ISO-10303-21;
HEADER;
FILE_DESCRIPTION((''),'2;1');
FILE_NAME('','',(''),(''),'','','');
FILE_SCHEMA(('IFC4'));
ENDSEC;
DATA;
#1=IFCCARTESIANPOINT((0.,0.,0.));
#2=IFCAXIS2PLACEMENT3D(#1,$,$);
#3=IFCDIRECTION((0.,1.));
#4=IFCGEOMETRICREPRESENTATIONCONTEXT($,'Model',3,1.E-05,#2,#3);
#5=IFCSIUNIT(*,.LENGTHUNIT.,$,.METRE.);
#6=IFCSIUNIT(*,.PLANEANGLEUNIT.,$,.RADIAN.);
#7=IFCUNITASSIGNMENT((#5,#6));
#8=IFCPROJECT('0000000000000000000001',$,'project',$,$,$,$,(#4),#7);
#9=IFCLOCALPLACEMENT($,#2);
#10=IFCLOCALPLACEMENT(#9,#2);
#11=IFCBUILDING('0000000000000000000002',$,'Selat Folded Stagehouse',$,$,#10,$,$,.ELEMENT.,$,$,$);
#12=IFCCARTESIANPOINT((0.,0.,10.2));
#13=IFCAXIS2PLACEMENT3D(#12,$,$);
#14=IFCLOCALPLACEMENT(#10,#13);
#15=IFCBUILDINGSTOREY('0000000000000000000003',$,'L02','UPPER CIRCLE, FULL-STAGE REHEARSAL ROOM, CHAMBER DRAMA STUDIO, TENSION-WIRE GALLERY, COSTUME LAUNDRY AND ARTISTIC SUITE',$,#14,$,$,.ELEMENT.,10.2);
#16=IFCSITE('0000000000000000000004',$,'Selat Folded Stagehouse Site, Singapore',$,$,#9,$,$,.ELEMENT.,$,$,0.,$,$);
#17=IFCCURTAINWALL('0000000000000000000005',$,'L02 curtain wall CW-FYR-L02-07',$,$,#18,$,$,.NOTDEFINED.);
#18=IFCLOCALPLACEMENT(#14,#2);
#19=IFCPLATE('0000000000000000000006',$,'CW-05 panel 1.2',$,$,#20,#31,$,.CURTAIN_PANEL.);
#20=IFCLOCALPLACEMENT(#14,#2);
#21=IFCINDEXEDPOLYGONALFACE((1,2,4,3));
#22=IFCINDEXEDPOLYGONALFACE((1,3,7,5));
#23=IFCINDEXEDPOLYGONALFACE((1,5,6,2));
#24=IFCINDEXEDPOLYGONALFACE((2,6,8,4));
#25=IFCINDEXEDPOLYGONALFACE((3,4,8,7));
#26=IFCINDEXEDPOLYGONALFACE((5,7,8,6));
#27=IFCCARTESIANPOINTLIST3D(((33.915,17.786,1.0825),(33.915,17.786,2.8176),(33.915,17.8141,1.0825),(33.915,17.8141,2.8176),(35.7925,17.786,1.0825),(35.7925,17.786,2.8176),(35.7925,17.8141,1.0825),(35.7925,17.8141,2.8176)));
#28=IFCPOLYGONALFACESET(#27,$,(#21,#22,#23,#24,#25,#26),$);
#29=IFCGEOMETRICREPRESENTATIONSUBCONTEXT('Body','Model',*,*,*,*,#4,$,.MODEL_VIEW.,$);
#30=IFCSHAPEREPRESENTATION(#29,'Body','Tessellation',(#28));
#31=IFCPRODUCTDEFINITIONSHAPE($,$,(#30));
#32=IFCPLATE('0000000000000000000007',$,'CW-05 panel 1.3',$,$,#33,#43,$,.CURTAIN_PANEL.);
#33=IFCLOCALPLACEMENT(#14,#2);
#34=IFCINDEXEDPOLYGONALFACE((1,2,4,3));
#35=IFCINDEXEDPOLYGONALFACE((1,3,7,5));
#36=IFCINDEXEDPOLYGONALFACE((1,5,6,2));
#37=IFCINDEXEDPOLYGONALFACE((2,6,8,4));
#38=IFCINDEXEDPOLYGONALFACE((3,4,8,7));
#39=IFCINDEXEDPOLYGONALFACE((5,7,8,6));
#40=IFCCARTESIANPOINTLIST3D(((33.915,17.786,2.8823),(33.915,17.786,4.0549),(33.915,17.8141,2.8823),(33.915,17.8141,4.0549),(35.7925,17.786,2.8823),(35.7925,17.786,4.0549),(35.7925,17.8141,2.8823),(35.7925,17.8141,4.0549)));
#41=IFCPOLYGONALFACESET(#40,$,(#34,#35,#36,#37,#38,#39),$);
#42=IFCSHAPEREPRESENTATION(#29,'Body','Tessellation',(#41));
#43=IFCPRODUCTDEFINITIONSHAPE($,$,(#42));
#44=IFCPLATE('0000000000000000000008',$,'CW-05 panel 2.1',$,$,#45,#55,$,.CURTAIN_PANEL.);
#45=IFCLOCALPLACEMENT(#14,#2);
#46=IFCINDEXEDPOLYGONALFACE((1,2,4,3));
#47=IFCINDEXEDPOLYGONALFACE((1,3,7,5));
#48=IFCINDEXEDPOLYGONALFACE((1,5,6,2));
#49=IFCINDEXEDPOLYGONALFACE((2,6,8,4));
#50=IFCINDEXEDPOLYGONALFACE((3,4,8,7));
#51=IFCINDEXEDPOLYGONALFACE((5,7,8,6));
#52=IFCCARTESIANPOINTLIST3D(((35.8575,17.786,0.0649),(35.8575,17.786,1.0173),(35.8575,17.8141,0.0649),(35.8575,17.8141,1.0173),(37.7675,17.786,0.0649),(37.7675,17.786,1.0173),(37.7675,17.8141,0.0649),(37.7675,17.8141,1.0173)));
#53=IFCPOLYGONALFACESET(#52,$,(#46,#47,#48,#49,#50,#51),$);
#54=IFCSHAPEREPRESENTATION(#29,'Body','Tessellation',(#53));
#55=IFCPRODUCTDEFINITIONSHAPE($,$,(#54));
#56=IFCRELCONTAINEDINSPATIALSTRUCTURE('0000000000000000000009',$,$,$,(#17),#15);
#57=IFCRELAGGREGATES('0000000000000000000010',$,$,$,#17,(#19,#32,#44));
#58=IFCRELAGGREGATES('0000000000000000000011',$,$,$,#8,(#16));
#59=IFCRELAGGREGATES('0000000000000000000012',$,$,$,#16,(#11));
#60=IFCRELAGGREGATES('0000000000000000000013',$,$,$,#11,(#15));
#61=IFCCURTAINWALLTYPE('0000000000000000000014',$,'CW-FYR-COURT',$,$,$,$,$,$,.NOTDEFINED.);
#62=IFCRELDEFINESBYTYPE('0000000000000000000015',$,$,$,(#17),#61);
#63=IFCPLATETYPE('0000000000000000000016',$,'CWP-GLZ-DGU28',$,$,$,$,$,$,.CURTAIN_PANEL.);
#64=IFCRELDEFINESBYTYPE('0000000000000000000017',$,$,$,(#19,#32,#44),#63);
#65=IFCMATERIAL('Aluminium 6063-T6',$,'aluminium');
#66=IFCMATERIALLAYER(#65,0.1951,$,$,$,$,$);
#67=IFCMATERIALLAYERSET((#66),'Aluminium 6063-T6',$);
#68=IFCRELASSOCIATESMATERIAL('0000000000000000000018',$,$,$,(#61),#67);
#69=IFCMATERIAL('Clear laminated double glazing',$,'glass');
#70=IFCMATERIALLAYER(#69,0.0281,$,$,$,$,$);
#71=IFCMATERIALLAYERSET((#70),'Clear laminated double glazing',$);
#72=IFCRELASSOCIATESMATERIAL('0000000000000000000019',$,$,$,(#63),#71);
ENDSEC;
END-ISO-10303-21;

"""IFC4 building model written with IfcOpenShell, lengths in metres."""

from ifc_helpers import new_model, si_unit, direction, frame, origin, origin_2d, place, context, subcontext, project, spatial, rectangle, extrude, material, layer, layer_set, type_object, element, aggregate, save


model = new_model("IFC4")

# Units and contexts
model_context = context("Model", 3, precision=1e-05, world=origin(), true_north=direction((0.0, 1.0)))
body_context = subcontext(model_context, "Body", "Model", "MODEL_VIEW")
ifc_project = project(units=[si_unit("LENGTHUNIT", "METRE"), si_unit("PLANEANGLEUNIT", "RADIAN")], contexts=[model_context])

# Site, building, storey
site_placement = place(None, origin())
site = spatial("IfcSite", under=ifc_project, at=site_placement, Name="Selat Folded Stagehouse Site, Singapore", CompositionType="ELEMENT", RefElevation=0.0)
building_placement = place(site_placement, origin())
building = spatial("IfcBuilding", under=site, at=building_placement, Name="Selat Folded Stagehouse", CompositionType="ELEMENT")
storey_placement = place(building_placement, frame((0.0, 0.0, 10.2)))
storey = spatial("IfcBuildingStorey", under=building, at=storey_placement, Name="L02", Description="UPPER CIRCLE, FULL-STAGE REHEARSAL ROOM, CHAMBER DRAMA STUDIO, TENSION-WIRE GALLERY, COSTUME LAUNDRY AND ARTISTIC SUITE", CompositionType="ELEMENT", Elevation=10.2)

# Curtain wall
ifc_material_1 = material(Name="Aluminium 6063-T6", Category="aluminium")
ifc_layer_1 = layer(ifc_material_1, 0.1951)
ifc_layer_set_1 = layer_set([ifc_layer_1], Name="Aluminium 6063-T6")
curtain_wall_type = type_object("IfcCurtainWallType", Name="CW-FYR-COURT", PredefinedType="NOTDEFINED", material=ifc_layer_set_1)
curtain_wall_placement = place(storey_placement, origin())
curtain_wall = element("IfcCurtainWall", 1, at=curtain_wall_placement, inside=storey, type_object=curtain_wall_type, Name="L02 curtain wall CW-FYR-L02-07", PredefinedType="NOTDEFINED")

# Plates
ifc_material_2 = material(Name="Clear laminated double glazing", Category="glass")
ifc_layer_2 = layer(ifc_material_2, 0.0281)
ifc_layer_set_2 = layer_set([ifc_layer_2], Name="Clear laminated double glazing")
plate_type = type_object("IfcPlateType", Name="CWP-GLZ-DGU28", PredefinedType="CURTAIN_PANEL", material=ifc_layer_set_2)
plate_1_placement = place(storey_placement, frame((34.8538, 17.8, 1.0825), z_axis=(0.0, 0.0, 1.0), x_axis=(1.0, 0.0, 0.0)))
plate_1 = element("IfcPlate", 2, at=plate_1_placement, type_object=plate_type, Name="CW-05 panel 1.2", PredefinedType="CURTAIN_PANEL", context=body_context, shape_type="SweptSolid", body=[
    extrude(rectangle(XDim=1.8774, YDim=0.0281, at=origin_2d()), origin(), (0.0, 0.0, 1.0), 1.7351),
])
plate_2_placement = place(storey_placement, frame((34.8538, 17.8, 2.8823), z_axis=(0.0, 0.0, 1.0), x_axis=(1.0, 0.0, 0.0)))
plate_2 = element("IfcPlate", 3, at=plate_2_placement, type_object=plate_type, Name="CW-05 panel 1.3", PredefinedType="CURTAIN_PANEL", context=body_context, shape_type="SweptSolid", body=[
    extrude(rectangle(XDim=1.8774, YDim=0.0281, at=origin_2d()), origin(), (0.0, 0.0, 1.0), 1.1726),
])
plate_3_placement = place(storey_placement, frame((36.8125, 17.8, 0.0649), z_axis=(0.0, 0.0, 1.0), x_axis=(1.0, 0.0, 0.0)))
plate_3 = element("IfcPlate", 4, at=plate_3_placement, type_object=plate_type, Name="CW-05 panel 2.1", PredefinedType="CURTAIN_PANEL", context=body_context, shape_type="SweptSolid", body=[
    extrude(rectangle(XDim=1.9099, YDim=0.0281, at=origin_2d()), origin(), (0.0, 0.0, 1.0), 0.9524),
])
aggregate(curtain_wall, [plate_1, plate_2, plate_3])

save(model, "model.ifc")
